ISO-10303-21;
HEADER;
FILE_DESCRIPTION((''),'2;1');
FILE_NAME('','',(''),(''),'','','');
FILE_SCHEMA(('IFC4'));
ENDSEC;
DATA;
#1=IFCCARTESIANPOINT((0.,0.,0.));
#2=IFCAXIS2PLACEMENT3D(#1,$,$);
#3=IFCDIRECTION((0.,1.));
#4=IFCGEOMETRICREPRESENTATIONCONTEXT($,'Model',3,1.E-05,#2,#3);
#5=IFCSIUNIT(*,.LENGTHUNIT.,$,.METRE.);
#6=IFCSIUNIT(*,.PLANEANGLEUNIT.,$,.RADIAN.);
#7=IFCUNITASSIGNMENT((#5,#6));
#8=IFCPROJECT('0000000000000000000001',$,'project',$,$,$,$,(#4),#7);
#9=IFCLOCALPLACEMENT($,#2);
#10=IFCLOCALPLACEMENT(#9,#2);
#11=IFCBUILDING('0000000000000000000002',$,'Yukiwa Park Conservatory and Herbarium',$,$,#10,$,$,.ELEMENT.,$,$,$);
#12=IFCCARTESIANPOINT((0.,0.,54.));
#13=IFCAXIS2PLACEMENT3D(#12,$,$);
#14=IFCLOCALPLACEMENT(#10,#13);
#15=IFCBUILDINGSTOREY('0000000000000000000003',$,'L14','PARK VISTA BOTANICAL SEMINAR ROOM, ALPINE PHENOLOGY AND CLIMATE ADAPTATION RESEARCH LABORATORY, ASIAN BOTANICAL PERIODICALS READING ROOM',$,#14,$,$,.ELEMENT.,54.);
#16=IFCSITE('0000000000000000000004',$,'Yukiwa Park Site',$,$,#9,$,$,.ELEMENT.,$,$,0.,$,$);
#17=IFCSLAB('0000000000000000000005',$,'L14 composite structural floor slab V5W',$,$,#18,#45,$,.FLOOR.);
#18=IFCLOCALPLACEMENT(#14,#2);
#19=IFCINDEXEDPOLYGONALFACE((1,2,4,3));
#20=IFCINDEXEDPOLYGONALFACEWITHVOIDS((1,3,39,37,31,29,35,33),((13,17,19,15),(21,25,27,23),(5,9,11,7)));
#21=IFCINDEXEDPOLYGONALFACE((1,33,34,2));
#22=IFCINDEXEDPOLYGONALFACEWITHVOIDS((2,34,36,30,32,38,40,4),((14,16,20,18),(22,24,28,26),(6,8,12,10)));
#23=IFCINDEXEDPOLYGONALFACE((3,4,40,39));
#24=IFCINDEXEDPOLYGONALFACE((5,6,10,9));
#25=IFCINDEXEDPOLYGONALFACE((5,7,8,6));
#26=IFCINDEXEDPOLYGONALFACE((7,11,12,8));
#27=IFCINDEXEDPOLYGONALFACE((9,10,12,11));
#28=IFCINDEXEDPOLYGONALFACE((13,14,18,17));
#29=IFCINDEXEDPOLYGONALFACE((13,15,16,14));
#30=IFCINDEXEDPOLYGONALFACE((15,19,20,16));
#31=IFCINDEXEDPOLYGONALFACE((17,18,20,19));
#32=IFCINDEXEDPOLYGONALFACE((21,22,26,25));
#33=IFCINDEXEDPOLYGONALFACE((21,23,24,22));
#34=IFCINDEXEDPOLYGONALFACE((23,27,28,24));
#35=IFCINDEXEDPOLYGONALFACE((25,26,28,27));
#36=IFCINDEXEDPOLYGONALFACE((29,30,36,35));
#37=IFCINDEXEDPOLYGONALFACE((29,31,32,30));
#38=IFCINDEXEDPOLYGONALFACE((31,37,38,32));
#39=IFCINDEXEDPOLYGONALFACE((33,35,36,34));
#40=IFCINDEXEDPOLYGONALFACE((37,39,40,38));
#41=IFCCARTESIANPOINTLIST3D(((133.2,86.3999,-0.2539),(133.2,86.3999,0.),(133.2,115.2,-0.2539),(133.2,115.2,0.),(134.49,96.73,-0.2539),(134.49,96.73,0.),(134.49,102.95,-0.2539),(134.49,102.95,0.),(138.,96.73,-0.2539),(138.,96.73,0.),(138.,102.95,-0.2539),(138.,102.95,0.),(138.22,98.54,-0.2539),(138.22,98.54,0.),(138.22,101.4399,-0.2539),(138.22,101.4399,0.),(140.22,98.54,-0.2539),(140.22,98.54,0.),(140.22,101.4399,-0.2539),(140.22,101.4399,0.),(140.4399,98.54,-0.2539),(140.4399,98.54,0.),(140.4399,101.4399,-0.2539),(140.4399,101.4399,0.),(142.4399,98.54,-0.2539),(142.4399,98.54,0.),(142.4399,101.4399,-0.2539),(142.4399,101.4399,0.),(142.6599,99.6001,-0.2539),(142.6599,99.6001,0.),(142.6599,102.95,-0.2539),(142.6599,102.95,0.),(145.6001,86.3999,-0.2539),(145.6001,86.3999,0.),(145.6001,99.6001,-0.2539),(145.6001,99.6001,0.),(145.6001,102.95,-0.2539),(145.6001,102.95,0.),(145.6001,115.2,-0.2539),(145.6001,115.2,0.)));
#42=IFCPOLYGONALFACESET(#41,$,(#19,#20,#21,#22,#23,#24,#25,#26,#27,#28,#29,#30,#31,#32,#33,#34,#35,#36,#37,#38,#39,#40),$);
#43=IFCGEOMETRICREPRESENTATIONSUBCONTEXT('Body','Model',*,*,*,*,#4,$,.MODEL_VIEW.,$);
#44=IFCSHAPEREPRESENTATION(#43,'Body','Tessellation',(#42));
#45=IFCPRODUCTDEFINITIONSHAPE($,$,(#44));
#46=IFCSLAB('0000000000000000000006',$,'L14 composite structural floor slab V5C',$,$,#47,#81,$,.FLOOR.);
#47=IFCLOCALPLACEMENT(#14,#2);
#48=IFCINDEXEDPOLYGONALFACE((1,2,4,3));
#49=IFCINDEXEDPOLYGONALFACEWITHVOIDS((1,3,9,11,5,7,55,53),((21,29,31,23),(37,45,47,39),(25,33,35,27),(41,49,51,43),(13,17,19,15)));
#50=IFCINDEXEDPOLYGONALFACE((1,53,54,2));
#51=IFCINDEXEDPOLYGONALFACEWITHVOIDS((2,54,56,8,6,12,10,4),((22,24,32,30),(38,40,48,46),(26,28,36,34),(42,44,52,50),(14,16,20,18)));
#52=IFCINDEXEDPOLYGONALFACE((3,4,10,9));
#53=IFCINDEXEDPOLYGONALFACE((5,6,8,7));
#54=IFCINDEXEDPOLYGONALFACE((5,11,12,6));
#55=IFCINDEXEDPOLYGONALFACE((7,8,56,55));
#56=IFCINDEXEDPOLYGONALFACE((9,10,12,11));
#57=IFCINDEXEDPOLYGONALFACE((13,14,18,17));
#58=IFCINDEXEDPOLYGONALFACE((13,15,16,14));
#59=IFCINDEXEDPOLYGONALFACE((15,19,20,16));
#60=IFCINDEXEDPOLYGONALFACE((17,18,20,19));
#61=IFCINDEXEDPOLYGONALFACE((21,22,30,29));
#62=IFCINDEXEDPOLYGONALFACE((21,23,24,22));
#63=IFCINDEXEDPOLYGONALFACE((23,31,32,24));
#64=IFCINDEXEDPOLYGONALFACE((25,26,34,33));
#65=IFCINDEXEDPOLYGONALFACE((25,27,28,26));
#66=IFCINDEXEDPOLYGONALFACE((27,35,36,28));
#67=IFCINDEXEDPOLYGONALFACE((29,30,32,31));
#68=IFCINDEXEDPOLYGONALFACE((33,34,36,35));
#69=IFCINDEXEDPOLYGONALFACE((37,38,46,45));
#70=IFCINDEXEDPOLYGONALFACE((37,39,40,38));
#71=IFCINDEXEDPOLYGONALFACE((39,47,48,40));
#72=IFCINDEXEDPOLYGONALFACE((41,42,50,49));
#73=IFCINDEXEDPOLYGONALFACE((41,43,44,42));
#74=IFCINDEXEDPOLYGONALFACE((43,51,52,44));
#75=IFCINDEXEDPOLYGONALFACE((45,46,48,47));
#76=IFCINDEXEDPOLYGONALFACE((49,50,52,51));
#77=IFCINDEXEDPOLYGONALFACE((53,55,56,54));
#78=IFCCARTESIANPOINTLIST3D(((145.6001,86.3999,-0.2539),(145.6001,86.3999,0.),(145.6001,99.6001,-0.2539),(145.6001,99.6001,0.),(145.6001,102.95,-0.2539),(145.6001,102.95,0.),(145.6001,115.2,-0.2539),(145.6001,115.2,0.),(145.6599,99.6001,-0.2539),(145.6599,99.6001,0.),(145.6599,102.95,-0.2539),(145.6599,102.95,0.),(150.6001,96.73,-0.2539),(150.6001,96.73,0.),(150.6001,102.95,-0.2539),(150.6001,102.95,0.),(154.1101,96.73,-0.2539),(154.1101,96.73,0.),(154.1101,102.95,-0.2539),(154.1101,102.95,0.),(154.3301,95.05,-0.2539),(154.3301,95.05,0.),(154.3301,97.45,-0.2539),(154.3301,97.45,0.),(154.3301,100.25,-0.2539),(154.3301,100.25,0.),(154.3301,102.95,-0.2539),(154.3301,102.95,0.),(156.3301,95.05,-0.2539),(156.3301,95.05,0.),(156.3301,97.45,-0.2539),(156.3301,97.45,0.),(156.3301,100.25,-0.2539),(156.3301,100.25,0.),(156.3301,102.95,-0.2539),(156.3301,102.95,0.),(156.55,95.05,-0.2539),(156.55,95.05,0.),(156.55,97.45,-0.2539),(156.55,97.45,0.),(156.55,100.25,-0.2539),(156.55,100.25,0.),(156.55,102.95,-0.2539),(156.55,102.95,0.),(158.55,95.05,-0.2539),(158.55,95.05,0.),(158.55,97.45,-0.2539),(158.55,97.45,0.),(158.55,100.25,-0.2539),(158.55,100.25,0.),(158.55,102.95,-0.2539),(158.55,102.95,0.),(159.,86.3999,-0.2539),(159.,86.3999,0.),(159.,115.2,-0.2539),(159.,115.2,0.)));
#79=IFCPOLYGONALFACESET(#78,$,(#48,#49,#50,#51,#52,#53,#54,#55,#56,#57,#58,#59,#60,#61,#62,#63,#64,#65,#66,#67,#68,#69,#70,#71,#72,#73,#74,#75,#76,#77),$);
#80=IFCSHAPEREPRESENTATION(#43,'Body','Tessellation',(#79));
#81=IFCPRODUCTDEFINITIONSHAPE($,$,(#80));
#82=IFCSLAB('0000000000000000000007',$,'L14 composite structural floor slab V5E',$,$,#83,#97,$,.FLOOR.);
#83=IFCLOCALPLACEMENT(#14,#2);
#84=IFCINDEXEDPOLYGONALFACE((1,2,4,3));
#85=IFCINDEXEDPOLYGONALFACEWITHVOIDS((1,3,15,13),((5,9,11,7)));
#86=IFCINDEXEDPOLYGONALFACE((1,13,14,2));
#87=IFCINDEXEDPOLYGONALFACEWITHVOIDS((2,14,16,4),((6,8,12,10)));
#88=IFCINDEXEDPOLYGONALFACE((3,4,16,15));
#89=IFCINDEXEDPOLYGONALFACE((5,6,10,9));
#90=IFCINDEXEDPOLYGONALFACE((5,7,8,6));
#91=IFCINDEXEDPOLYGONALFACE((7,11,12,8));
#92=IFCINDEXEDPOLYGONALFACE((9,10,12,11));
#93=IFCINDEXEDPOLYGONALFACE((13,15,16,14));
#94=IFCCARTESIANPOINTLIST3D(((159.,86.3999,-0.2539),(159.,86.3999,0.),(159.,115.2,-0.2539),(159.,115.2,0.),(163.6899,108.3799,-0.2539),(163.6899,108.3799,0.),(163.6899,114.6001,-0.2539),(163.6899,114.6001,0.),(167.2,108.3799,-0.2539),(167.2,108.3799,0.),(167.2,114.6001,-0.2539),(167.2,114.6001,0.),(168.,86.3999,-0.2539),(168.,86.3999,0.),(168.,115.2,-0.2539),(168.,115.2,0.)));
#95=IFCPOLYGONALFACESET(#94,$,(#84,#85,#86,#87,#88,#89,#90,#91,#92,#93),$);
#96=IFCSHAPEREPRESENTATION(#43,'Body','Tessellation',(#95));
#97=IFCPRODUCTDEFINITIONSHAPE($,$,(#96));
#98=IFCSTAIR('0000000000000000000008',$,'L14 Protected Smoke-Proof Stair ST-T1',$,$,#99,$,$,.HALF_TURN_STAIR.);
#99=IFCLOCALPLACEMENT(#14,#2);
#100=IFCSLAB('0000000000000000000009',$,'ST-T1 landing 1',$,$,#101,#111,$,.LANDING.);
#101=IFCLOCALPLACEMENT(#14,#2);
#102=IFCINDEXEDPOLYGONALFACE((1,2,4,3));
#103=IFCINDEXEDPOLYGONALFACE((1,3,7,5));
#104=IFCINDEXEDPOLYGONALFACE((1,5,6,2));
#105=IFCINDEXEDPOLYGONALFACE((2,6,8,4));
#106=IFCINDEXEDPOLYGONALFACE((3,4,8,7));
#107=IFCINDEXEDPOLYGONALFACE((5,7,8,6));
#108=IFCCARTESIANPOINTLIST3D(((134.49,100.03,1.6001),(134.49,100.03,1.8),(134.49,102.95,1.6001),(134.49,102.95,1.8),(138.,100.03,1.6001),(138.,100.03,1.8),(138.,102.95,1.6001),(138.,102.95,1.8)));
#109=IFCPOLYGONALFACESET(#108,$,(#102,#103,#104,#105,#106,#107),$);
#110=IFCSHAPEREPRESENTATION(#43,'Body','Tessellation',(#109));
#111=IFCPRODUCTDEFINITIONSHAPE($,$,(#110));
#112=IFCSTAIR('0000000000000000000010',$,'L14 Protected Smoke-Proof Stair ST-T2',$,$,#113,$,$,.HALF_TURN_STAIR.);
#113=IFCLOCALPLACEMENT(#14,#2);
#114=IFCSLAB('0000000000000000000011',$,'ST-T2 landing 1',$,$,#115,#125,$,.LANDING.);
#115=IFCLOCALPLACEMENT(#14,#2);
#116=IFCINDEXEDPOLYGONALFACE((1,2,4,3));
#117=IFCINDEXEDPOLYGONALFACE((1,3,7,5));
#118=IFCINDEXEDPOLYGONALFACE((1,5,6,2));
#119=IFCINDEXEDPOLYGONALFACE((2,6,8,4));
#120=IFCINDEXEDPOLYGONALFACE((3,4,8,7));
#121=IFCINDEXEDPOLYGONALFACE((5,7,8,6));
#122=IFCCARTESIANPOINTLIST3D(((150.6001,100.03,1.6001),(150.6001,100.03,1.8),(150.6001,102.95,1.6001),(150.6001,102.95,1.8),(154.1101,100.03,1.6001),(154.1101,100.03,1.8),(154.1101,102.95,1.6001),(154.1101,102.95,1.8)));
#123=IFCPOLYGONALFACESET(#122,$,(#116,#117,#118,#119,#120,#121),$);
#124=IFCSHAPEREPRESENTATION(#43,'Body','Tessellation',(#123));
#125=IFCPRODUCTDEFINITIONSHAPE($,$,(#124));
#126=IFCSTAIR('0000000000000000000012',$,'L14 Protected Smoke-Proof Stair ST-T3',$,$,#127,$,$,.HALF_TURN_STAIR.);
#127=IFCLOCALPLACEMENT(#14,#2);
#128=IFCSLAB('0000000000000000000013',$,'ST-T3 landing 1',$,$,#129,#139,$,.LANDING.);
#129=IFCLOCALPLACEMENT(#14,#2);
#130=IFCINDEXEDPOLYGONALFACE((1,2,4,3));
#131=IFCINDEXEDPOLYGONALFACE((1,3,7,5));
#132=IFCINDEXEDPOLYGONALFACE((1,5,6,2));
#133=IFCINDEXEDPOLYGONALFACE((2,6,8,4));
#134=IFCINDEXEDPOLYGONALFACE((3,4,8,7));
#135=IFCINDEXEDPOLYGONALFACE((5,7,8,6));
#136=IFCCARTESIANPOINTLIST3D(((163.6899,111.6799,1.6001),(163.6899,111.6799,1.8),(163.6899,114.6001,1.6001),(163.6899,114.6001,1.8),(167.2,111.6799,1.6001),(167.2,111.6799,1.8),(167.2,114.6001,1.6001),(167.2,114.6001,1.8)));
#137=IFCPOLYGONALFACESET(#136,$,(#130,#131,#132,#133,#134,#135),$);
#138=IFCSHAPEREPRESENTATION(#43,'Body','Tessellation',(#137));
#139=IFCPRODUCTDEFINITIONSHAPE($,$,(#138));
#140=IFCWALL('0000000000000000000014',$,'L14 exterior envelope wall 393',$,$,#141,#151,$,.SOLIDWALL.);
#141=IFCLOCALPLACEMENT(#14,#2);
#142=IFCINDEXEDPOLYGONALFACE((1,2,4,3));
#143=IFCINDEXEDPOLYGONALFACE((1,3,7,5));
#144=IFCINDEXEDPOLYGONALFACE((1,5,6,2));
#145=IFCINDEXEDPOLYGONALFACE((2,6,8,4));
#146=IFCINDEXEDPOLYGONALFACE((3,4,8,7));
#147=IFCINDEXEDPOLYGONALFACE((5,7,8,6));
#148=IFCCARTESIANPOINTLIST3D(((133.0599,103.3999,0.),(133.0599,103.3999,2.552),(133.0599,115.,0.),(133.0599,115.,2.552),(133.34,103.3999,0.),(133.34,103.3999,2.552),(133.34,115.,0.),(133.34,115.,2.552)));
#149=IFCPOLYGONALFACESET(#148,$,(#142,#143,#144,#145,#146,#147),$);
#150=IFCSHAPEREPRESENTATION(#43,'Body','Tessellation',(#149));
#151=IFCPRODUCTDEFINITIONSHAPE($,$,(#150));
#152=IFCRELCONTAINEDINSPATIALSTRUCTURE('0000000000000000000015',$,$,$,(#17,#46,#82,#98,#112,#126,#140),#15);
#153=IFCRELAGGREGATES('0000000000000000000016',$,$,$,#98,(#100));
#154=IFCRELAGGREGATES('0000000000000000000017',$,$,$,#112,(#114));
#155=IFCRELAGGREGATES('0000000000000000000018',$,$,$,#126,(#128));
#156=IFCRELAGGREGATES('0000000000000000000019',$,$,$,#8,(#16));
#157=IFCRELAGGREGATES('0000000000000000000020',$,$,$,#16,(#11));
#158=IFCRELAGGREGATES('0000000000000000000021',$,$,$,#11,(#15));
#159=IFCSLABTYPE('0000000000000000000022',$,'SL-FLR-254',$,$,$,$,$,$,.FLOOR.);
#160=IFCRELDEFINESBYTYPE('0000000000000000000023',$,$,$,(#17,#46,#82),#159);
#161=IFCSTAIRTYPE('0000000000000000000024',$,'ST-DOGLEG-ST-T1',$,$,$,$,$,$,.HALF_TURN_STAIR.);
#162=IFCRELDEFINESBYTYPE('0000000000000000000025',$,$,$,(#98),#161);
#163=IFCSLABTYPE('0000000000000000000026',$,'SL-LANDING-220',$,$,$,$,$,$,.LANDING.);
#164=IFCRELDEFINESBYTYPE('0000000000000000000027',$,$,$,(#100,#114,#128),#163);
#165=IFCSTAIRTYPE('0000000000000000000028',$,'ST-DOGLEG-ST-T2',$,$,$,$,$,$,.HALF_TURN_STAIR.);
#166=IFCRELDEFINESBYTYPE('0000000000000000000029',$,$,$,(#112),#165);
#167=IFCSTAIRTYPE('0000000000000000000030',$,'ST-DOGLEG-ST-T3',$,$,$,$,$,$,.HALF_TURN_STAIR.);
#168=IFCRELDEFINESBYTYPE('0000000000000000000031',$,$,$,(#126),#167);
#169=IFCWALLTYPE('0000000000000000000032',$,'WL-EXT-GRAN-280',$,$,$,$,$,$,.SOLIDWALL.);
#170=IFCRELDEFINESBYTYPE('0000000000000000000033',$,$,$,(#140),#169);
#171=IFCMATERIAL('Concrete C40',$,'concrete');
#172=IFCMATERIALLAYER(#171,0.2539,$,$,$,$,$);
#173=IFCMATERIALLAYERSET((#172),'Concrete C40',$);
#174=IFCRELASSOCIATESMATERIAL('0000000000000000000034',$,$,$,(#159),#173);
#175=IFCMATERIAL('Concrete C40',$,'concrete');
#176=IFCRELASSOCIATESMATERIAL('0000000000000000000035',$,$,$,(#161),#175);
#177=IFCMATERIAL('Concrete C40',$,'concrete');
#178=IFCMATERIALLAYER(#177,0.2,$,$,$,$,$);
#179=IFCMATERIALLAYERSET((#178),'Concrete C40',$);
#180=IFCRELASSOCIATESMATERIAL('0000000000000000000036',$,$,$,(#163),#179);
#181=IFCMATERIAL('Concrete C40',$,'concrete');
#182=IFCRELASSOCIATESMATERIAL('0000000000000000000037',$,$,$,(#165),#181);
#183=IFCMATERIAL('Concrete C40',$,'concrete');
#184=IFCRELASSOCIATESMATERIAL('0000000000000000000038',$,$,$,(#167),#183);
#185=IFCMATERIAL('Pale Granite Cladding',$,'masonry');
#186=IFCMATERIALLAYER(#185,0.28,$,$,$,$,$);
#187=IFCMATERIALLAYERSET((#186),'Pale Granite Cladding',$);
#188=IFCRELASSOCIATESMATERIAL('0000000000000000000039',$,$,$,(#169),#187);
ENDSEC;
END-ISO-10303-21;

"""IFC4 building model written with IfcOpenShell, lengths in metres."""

from ifc_helpers import new_model, si_unit, direction, frame, frame_2d, origin, place, context, subcontext, project, spatial, polyline, rectangle, outline, extrude, material, layer, layer_set, type_object, element, aggregate, save


model = new_model("IFC4")

# Units and contexts
model_context = context("Model", 3, precision=1e-05, world=origin(), true_north=direction((0.0, 1.0)))
body_context = subcontext(model_context, "Body", "Model", "MODEL_VIEW")
ifc_project = project(units=[si_unit("LENGTHUNIT", "METRE"), si_unit("PLANEANGLEUNIT", "RADIAN")], contexts=[model_context])

# Site, building, storey
site_placement = place(None, origin())
site = spatial("IfcSite", under=ifc_project, at=site_placement, Name="Yukiwa Park Site", CompositionType="ELEMENT", RefElevation=0.0)
building_placement = place(site_placement, origin())
building = spatial("IfcBuilding", under=site, at=building_placement, Name="Yukiwa Park Conservatory and Herbarium", CompositionType="ELEMENT")
storey_placement = place(building_placement, frame((0.0, 0.0, 54.0)))
storey = spatial("IfcBuildingStorey", under=building, at=storey_placement, Name="L14", Description="PARK VISTA BOTANICAL SEMINAR ROOM, ALPINE PHENOLOGY AND CLIMATE ADAPTATION RESEARCH LABORATORY, ASIAN BOTANICAL PERIODICALS READING ROOM", CompositionType="ELEMENT", Elevation=54.0)

# Slabs
ifc_material_1 = material(Name="Concrete C40", Category="concrete")
ifc_layer_1 = layer(ifc_material_1, 0.2539)
ifc_layer_set_1 = layer_set([ifc_layer_1], Name="Concrete C40")
slab_type_1 = type_object("IfcSlabType", Name="SL-FLR-254", PredefinedType="FLOOR", material=ifc_layer_set_1)
slab_1_placement = place(storey_placement, frame((0.0, 0.0, -0.2539)))
element("IfcSlab", 1, at=slab_1_placement, inside=storey, type_object=slab_type_1, Name="L14 composite structural floor slab V5W", PredefinedType="FLOOR", context=body_context, shape_type="SweptSolid", body=[
    extrude(outline(polyline([(133.2, 115.2), (145.6001, 115.2), (145.6001, 102.95), (142.6599, 102.95), (142.6599, 99.6001), (145.6001, 99.6001), (145.6001, 86.3999), (133.2, 86.3999), (133.2, 115.2)]), holes=[polyline([(134.49, 102.95), (134.49, 96.73), (138.0, 96.73), (138.0, 102.95), (134.49, 102.95)]), polyline([(140.22, 101.4399), (138.22, 101.4399), (138.22, 98.54), (140.22, 98.54), (140.22, 101.4399)]), polyline([(140.4399, 101.4399), (140.4399, 98.54), (142.4399, 98.54), (142.4399, 101.4399), (140.4399, 101.4399)])]), origin(), (0.0, 0.0, 1.0), 0.2539),
])
slab_2_placement = place(storey_placement, frame((0.0, 0.0, -0.2539)))
element("IfcSlab", 2, at=slab_2_placement, inside=storey, type_object=slab_type_1, Name="L14 composite structural floor slab V5C", PredefinedType="FLOOR", context=body_context, shape_type="SweptSolid", body=[
    extrude(outline(polyline([(145.6001, 99.6001), (145.6599, 99.6001), (145.6599, 102.95), (145.6001, 102.95), (145.6001, 115.2), (159.0, 115.2), (159.0, 86.3999), (145.6001, 86.3999), (145.6001, 99.6001)]), holes=[polyline([(154.3301, 97.45), (154.3301, 95.05), (156.3301, 95.05), (156.3301, 97.45), (154.3301, 97.45)]), polyline([(156.55, 97.45), (156.55, 95.05), (158.55, 95.05), (158.55, 97.45), (156.55, 97.45)]), polyline([(154.1101, 102.95), (150.6001, 102.95), (150.6001, 96.73), (154.1101, 96.73), (154.1101, 102.95)]), polyline([(154.3301, 102.95), (154.3301, 100.25), (156.3301, 100.25), (156.3301, 102.95), (154.3301, 102.95)]), polyline([(158.55, 102.95), (156.55, 102.95), (156.55, 100.25), (158.55, 100.25), (158.55, 102.95)])]), origin(), (0.0, 0.0, 1.0), 0.2539),
])
slab_3_placement = place(storey_placement, frame((0.0, 0.0, -0.2539)))
element("IfcSlab", 3, at=slab_3_placement, inside=storey, type_object=slab_type_1, Name="L14 composite structural floor slab V5E", PredefinedType="FLOOR", context=body_context, shape_type="SweptSolid", body=[
    extrude(outline(polyline([(168.0, 86.3999), (159.0, 86.3999), (159.0, 115.2), (168.0, 115.2), (168.0, 86.3999)]), holes=[polyline([(167.2, 114.6001), (163.6899, 114.6001), (163.6899, 108.3799), (167.2, 108.3799), (167.2, 114.6001)])]), origin(), (0.0, 0.0, 1.0), 0.2539),
])

# Stairs, slabs
ifc_material_2 = material(Name="Concrete C40", Category="concrete")
stair_type_1 = type_object("IfcStairType", Name="ST-DOGLEG-ST-T1", PredefinedType="HALF_TURN_STAIR", material=ifc_material_2)
stair_1_placement = place(storey_placement, origin())
stair_1 = element("IfcStair", 4, at=stair_1_placement, inside=storey, type_object=stair_type_1, Name="L14 Protected Smoke-Proof Stair ST-T1", PredefinedType="HALF_TURN_STAIR")
ifc_material_3 = material(Name="Concrete C40", Category="concrete")
ifc_layer_2 = layer(ifc_material_3, 0.2)
ifc_layer_set_2 = layer_set([ifc_layer_2], Name="Concrete C40")
slab_type_2 = type_object("IfcSlabType", Name="SL-LANDING-220", PredefinedType="LANDING", material=ifc_layer_set_2)
slab_4_placement = place(storey_placement, frame((0.0, 0.0, 1.6001)))
slab_4 = element("IfcSlab", 5, at=slab_4_placement, type_object=slab_type_2, Name="ST-T1 landing 1", PredefinedType="LANDING", context=body_context, shape_type="SweptSolid", body=[
    extrude(outline(polyline([(138.0, 100.03), (138.0, 102.95), (134.49, 102.95), (134.49, 100.03), (138.0, 100.03)])), origin(), (0.0, 0.0, 1.0), 0.2),
])
aggregate(stair_1, [slab_4])
ifc_material_4 = material(Name="Concrete C40", Category="concrete")
stair_type_2 = type_object("IfcStairType", Name="ST-DOGLEG-ST-T2", PredefinedType="HALF_TURN_STAIR", material=ifc_material_4)
stair_2_placement = place(storey_placement, origin())
stair_2 = element("IfcStair", 6, at=stair_2_placement, inside=storey, type_object=stair_type_2, Name="L14 Protected Smoke-Proof Stair ST-T2", PredefinedType="HALF_TURN_STAIR")
slab_5_placement = place(storey_placement, frame((0.0, 0.0, 1.6001)))
slab_5 = element("IfcSlab", 7, at=slab_5_placement, type_object=slab_type_2, Name="ST-T2 landing 1", PredefinedType="LANDING", context=body_context, shape_type="SweptSolid", body=[
    extrude(outline(polyline([(154.1101, 100.03), (154.1101, 102.95), (150.6001, 102.95), (150.6001, 100.03), (154.1101, 100.03)])), origin(), (0.0, 0.0, 1.0), 0.2),
])
aggregate(stair_2, [slab_5])
ifc_material_5 = material(Name="Concrete C40", Category="concrete")
stair_type_3 = type_object("IfcStairType", Name="ST-DOGLEG-ST-T3", PredefinedType="HALF_TURN_STAIR", material=ifc_material_5)
stair_3_placement = place(storey_placement, origin())
stair_3 = element("IfcStair", 8, at=stair_3_placement, inside=storey, type_object=stair_type_3, Name="L14 Protected Smoke-Proof Stair ST-T3", PredefinedType="HALF_TURN_STAIR")
slab_6_placement = place(storey_placement, frame((0.0, 0.0, 1.6001)))
slab_6 = element("IfcSlab", 9, at=slab_6_placement, type_object=slab_type_2, Name="ST-T3 landing 1", PredefinedType="LANDING", context=body_context, shape_type="SweptSolid", body=[
    extrude(outline(polyline([(167.2, 111.6799), (167.2, 114.6001), (163.6899, 114.6001), (163.6899, 111.6799), (167.2, 111.6799)])), origin(), (0.0, 0.0, 1.0), 0.2),
])
aggregate(stair_3, [slab_6])

# Wall
ifc_material_6 = material(Name="Pale Granite Cladding", Category="masonry")
ifc_layer_3 = layer(ifc_material_6, 0.28)
ifc_layer_set_3 = layer_set([ifc_layer_3], Name="Pale Granite Cladding")
wall_type = type_object("IfcWallType", Name="WL-EXT-GRAN-280", PredefinedType="SOLIDWALL", material=ifc_layer_set_3)
wall_placement = place(storey_placement, frame((133.2, 115.0, 0.0), z_axis=(0.0, 0.0, 1.0), x_axis=(0.0, -1.0, 0.0)))
element("IfcWall", 10, at=wall_placement, inside=storey, type_object=wall_type, Name="L14 exterior envelope wall 393", PredefinedType="SOLIDWALL", context=body_context, shape_type="SweptSolid", body=[
    extrude(rectangle(XDim=11.6001, YDim=0.28, at=frame_2d((5.8, 0.0))), origin(), (0.0, 0.0, 1.0), 2.552),
])

save(model, "model.ifc")
